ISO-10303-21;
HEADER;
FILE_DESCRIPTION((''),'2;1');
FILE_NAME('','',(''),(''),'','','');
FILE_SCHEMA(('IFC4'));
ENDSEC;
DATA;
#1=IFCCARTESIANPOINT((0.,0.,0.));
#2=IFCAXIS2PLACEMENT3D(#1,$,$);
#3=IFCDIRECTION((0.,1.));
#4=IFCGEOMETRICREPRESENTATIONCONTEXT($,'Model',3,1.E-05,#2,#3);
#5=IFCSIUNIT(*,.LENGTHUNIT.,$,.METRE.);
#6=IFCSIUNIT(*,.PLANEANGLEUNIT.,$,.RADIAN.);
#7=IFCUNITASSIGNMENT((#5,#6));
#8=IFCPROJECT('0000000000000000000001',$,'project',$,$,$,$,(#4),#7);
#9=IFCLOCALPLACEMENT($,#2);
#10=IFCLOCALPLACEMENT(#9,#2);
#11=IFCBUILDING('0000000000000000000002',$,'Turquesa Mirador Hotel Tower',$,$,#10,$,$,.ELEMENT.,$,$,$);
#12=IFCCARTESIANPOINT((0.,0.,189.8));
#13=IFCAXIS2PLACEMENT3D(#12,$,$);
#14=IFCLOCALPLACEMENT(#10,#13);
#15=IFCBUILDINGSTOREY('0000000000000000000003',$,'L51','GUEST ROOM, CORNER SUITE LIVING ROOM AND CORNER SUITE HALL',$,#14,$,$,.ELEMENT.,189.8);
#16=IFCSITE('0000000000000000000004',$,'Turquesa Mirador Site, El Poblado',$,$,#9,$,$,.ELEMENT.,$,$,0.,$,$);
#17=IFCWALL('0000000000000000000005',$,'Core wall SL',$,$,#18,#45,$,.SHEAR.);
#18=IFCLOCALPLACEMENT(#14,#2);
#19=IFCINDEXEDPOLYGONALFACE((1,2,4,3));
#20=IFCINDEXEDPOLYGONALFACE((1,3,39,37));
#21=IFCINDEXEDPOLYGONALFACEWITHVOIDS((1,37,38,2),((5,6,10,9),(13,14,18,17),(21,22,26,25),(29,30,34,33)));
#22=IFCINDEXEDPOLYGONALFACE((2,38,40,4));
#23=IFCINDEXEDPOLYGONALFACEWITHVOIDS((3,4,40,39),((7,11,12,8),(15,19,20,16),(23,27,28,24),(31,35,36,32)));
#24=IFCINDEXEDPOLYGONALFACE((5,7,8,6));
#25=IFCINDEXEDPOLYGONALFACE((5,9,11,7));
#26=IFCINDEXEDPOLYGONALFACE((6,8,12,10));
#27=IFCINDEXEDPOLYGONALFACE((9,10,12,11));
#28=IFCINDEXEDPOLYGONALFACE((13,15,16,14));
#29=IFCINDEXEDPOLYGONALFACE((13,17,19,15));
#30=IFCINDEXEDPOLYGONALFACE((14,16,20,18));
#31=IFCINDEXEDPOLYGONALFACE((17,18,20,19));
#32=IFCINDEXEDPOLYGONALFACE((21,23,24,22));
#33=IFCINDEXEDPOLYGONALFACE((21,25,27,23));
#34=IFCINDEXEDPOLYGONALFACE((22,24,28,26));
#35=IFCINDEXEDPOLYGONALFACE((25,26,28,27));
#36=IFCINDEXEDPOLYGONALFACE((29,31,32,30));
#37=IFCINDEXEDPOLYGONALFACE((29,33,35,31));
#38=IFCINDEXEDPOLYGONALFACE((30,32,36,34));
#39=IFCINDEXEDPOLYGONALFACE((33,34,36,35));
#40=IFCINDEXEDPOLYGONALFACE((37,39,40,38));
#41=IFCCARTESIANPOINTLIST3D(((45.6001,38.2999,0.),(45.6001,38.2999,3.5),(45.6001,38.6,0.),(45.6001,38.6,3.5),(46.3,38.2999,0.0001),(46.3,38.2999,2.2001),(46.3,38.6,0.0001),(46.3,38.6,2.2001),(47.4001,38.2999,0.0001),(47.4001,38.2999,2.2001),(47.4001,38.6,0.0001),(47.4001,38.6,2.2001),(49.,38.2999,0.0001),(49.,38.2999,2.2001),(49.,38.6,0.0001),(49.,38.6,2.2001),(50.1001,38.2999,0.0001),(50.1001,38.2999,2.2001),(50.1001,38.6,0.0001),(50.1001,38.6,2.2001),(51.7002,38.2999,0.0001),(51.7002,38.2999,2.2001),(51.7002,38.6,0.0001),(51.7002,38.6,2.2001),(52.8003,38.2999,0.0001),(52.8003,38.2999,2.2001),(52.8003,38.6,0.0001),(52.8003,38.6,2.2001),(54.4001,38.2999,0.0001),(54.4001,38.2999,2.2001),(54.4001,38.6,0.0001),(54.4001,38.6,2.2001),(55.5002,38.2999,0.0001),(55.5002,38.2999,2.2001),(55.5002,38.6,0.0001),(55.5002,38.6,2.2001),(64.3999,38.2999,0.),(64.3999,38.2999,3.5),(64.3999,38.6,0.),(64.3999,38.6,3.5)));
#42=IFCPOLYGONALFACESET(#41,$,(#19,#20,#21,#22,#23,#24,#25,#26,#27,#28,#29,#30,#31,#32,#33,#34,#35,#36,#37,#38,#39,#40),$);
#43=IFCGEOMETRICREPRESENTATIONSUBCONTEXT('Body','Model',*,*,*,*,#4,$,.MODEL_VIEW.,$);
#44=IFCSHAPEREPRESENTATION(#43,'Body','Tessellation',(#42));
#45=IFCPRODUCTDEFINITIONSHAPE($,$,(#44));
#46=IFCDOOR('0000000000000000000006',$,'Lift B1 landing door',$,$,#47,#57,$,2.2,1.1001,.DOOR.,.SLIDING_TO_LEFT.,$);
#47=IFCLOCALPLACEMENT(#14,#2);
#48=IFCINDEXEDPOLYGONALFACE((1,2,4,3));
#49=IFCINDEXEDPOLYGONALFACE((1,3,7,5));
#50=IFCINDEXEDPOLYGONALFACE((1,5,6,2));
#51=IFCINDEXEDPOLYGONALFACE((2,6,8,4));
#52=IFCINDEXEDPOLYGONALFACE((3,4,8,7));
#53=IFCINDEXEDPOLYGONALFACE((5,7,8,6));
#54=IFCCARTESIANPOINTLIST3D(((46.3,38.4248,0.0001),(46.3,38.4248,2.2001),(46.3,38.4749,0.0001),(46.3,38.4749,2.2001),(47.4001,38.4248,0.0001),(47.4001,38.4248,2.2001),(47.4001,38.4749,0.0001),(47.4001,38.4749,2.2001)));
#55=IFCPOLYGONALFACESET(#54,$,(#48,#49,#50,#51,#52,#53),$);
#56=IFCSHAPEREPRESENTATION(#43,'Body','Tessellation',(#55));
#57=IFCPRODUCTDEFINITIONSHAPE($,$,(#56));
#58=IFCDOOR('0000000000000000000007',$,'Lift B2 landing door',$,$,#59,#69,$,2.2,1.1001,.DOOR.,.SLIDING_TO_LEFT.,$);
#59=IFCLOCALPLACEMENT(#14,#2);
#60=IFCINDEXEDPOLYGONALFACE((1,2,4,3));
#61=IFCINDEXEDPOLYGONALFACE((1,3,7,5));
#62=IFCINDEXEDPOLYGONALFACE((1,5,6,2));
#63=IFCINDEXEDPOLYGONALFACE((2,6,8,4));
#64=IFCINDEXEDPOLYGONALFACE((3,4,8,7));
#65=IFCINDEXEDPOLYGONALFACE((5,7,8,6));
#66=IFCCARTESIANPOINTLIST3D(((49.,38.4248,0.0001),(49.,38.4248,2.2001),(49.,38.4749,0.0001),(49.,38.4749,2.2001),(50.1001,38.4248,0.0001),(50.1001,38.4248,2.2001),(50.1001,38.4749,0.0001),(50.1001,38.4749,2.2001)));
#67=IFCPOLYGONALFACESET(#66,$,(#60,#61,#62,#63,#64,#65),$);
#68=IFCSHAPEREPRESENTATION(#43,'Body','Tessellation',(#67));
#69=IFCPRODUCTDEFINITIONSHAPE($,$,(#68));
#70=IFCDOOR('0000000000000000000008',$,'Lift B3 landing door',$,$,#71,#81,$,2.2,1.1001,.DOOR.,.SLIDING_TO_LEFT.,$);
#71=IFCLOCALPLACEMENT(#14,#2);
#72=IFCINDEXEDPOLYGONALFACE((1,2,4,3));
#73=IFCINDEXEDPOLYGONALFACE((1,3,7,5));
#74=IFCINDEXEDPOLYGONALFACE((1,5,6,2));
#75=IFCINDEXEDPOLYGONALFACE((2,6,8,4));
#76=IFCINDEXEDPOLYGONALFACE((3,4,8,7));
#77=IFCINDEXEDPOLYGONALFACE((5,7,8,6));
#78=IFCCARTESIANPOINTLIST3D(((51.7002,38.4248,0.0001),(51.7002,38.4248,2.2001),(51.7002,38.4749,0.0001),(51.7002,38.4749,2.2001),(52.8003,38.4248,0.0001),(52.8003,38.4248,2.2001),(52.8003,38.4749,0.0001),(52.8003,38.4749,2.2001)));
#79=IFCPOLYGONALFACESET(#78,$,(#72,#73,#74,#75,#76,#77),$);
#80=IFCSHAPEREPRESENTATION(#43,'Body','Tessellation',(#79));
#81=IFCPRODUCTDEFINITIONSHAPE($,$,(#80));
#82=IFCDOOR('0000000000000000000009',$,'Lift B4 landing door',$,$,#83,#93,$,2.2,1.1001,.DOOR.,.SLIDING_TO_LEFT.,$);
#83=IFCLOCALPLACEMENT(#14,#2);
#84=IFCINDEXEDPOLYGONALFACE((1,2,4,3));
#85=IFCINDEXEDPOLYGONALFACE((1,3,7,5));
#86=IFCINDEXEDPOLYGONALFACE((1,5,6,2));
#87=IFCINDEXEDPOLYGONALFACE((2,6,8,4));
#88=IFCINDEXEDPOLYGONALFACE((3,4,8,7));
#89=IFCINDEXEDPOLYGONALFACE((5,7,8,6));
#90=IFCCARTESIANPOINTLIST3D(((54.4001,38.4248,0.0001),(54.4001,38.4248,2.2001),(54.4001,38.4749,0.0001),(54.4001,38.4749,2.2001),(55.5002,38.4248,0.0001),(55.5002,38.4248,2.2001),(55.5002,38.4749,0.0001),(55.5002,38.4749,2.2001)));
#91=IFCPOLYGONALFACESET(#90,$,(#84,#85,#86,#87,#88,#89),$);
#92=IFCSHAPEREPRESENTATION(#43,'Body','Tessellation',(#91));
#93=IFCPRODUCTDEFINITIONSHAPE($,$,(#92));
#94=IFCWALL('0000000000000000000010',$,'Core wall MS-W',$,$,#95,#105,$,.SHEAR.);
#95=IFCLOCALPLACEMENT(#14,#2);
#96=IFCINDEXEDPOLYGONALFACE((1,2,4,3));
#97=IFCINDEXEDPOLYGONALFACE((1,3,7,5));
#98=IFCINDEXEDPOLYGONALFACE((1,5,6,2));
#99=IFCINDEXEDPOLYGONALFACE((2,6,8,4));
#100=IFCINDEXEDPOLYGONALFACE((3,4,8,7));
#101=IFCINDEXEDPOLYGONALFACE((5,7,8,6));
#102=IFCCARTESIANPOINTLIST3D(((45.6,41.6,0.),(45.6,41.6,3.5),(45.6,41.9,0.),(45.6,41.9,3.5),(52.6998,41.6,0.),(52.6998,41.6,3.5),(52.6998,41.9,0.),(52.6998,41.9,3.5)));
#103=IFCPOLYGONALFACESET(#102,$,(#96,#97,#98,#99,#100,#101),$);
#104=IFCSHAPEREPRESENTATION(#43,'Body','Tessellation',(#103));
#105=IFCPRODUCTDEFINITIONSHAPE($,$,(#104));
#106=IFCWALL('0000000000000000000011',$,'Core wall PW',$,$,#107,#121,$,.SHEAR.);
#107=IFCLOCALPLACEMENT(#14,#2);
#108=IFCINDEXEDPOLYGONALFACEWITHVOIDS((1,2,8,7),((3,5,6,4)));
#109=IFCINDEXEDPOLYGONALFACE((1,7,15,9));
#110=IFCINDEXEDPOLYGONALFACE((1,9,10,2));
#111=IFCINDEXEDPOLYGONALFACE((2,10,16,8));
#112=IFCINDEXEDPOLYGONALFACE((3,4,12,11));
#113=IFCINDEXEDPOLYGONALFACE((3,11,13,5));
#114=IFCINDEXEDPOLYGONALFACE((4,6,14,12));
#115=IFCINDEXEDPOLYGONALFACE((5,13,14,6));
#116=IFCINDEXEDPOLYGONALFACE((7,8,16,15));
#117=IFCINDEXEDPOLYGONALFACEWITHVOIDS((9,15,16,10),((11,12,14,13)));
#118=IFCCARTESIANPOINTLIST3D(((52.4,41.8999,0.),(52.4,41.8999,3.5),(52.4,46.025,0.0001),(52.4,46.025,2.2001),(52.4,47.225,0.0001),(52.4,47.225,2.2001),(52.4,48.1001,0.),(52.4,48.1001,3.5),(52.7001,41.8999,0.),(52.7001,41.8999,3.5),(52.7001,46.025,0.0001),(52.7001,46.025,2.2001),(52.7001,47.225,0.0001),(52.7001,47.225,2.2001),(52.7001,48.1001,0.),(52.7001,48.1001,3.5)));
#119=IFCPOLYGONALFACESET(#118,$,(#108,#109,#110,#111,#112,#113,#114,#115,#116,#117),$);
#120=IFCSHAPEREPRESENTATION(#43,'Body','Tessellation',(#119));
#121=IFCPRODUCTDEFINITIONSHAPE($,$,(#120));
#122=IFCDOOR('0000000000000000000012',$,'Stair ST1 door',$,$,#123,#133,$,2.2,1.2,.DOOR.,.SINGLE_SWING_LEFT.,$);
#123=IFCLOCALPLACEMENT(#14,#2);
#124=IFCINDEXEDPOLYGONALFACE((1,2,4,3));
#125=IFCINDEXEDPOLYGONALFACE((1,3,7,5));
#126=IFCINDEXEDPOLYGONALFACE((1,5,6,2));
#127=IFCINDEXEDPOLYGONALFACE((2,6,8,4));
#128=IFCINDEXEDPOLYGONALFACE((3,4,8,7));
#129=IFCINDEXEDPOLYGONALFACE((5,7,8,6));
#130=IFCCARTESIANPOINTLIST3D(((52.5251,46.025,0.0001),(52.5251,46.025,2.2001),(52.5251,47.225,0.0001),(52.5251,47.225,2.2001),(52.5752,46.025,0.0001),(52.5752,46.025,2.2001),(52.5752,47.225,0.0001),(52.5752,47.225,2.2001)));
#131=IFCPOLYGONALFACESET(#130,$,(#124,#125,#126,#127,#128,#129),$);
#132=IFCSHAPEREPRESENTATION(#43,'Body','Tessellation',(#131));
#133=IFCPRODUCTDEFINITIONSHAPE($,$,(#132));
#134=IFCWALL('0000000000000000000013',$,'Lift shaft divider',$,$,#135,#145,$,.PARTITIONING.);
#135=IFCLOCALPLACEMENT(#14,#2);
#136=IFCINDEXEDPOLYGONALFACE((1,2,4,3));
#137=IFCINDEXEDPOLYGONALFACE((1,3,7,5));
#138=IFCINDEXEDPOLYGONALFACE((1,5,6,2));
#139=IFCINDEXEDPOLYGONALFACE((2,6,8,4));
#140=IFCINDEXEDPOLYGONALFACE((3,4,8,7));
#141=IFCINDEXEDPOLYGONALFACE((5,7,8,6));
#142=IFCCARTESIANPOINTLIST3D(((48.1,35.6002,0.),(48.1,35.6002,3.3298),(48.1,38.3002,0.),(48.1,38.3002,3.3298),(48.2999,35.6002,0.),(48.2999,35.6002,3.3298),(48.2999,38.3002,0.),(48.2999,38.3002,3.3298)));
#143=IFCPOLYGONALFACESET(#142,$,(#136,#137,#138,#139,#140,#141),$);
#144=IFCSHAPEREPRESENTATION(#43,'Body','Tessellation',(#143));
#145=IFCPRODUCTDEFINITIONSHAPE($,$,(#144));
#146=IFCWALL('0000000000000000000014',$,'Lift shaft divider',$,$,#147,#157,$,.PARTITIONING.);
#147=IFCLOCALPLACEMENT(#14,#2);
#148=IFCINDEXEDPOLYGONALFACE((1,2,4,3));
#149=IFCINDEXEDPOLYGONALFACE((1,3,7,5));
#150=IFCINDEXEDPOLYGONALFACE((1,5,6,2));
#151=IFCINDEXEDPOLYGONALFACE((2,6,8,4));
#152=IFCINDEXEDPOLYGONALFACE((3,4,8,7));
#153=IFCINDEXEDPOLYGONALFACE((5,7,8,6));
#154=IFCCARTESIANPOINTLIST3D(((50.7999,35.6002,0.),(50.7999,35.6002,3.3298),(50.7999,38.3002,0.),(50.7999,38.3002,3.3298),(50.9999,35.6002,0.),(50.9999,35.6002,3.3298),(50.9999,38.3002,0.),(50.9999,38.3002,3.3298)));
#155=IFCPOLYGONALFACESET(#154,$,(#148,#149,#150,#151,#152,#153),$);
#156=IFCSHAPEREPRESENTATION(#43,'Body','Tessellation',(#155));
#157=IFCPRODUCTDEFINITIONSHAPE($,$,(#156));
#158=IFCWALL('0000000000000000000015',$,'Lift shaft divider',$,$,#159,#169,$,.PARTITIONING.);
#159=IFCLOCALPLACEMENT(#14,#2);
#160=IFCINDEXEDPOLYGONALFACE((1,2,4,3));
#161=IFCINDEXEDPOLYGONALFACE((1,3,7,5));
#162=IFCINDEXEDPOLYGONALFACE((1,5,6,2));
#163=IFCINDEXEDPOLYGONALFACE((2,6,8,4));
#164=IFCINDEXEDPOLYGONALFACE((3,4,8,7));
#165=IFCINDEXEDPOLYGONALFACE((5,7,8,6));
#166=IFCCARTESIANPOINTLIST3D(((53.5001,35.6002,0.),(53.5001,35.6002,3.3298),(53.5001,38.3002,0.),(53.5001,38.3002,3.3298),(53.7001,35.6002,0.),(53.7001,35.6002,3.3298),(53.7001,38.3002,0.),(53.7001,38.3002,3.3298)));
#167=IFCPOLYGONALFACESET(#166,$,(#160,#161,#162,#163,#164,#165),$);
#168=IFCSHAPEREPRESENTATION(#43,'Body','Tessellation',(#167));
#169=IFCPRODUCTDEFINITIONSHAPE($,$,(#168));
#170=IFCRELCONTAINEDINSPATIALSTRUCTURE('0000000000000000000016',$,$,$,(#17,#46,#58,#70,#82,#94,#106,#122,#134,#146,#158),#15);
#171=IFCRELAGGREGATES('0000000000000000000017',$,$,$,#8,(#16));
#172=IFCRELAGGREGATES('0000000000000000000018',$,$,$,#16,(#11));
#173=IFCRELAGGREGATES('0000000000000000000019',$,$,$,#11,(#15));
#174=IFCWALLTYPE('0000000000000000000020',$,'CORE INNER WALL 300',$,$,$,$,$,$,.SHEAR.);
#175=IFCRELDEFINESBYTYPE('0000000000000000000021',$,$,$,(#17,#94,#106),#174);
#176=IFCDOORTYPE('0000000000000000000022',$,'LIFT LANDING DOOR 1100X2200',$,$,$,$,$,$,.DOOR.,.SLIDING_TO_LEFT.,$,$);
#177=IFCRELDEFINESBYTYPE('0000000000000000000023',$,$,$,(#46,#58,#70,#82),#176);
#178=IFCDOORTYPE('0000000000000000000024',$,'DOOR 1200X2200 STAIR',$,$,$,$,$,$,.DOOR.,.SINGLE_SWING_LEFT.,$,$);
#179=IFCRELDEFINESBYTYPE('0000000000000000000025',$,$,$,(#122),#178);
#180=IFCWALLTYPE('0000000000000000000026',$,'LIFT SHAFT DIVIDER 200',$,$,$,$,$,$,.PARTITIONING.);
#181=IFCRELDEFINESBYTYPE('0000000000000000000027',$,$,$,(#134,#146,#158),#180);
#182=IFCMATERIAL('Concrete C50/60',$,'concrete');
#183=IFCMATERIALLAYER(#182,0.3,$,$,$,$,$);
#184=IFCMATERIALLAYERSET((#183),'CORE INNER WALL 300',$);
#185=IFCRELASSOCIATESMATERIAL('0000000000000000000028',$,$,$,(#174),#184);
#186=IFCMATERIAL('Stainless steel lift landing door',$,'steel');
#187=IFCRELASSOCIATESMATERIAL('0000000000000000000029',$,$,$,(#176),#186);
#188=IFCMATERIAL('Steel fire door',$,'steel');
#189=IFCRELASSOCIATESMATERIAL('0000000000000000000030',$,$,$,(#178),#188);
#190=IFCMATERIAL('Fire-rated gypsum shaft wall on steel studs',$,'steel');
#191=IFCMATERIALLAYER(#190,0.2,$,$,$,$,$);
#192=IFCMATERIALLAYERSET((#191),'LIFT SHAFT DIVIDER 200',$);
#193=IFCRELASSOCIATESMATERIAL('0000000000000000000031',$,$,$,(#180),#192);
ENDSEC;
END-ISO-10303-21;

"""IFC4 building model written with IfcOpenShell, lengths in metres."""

from ifc_helpers import new_model, si_unit, direction, frame, frame_2d, origin, place, context, subcontext, project, spatial, rectangle, extrude, material, layer, layer_set, type_object, element, fill, save


model = new_model("IFC4")

# Units and contexts
model_context = context("Model", 3, precision=1e-05, world=origin(), true_north=direction((0.0, 1.0)))
body_context = subcontext(model_context, "Body", "Model", "MODEL_VIEW")
ifc_project = project(units=[si_unit("LENGTHUNIT", "METRE"), si_unit("PLANEANGLEUNIT", "RADIAN")], contexts=[model_context])

# Site, building, storey
site_placement = place(None, origin())
site = spatial("IfcSite", under=ifc_project, at=site_placement, Name="Turquesa Mirador Site, El Poblado", CompositionType="ELEMENT", RefElevation=0.0)
building_placement = place(site_placement, origin())
building = spatial("IfcBuilding", under=site, at=building_placement, Name="Turquesa Mirador Hotel Tower", CompositionType="ELEMENT")
storey_placement = place(building_placement, frame((0.0, 0.0, 189.8)))
storey = spatial("IfcBuildingStorey", under=building, at=storey_placement, Name="L51", Description="GUEST ROOM, CORNER SUITE LIVING ROOM AND CORNER SUITE HALL", CompositionType="ELEMENT", Elevation=189.8)

# Wall, openings, doors
ifc_material_1 = material(Name="Concrete C50/60", Category="concrete")
ifc_layer_1 = layer(ifc_material_1, 0.3)
ifc_layer_set_1 = layer_set([ifc_layer_1], Name="CORE INNER WALL 300")
wall_type_1 = type_object("IfcWallType", Name="CORE INNER WALL 300", PredefinedType="SHEAR", material=ifc_layer_set_1)
wall_1_placement = place(storey_placement, frame((45.6001, 38.45, 0.0), z_axis=(0.0, 0.0, 1.0), x_axis=(1.0, 0.0, 0.0)))
wall_1 = element("IfcWall", 1, at=wall_1_placement, inside=storey, type_object=wall_type_1, Name="Core wall SL", PredefinedType="SHEAR", context=body_context, shape_type="SweptSolid", body=[
    extrude(rectangle(XDim=18.7998, YDim=0.3, at=frame_2d((9.3999, 0.0))), origin(), (0.0, 0.0, 1.0), 3.5),
])
opening_1_placement = place(wall_1_placement, frame((0.7, 0.0, 0.0)))
opening_1 = element("IfcOpeningElement", 2, at=opening_1_placement, cuts=wall_1, PredefinedType="OPENING", context=body_context, shape_type="SweptSolid", body=[
    extrude(rectangle(XDim=1.1001, YDim=2.2, at=frame_2d((0.55, 1.1001))), frame((0.0, 0.1599, 0.0), z_axis=(0.0, -1.0, 0.0), x_axis=(1.0, 0.0, 0.0)), (0.0, 0.0, 1.0), 0.3201),
])
opening_2_placement = place(wall_1_placement, frame((3.3999, 0.0, 0.0)))
opening_2 = element("IfcOpeningElement", 3, at=opening_2_placement, cuts=wall_1, PredefinedType="OPENING", context=body_context, shape_type="SweptSolid", body=[
    extrude(rectangle(XDim=1.1001, YDim=2.2, at=frame_2d((0.55, 1.1001))), frame((0.0, 0.1599, 0.0), z_axis=(0.0, -1.0, 0.0), x_axis=(1.0, 0.0, 0.0)), (0.0, 0.0, 1.0), 0.3201),
])
opening_3_placement = place(wall_1_placement, frame((6.1001, 0.0, 0.0)))
opening_3 = element("IfcOpeningElement", 4, at=opening_3_placement, cuts=wall_1, PredefinedType="OPENING", context=body_context, shape_type="SweptSolid", body=[
    extrude(rectangle(XDim=1.1001, YDim=2.2, at=frame_2d((0.55, 1.1001))), frame((0.0, 0.1599, 0.0), z_axis=(0.0, -1.0, 0.0), x_axis=(1.0, 0.0, 0.0)), (0.0, 0.0, 1.0), 0.3201),
])
opening_4_placement = place(wall_1_placement, frame((8.8, 0.0, 0.0)))
opening_4 = element("IfcOpeningElement", 5, at=opening_4_placement, cuts=wall_1, PredefinedType="OPENING", context=body_context, shape_type="SweptSolid", body=[
    extrude(rectangle(XDim=1.1001, YDim=2.2, at=frame_2d((0.55, 1.1001))), frame((0.0, 0.1599, 0.0), z_axis=(0.0, -1.0, 0.0), x_axis=(1.0, 0.0, 0.0)), (0.0, 0.0, 1.0), 0.3201),
])
ifc_material_2 = material(Name="Stainless steel lift landing door", Category="steel")
door_type_1 = type_object("IfcDoorType", Name="LIFT LANDING DOOR 1100X2200", OperationType="SLIDING_TO_LEFT", PredefinedType="DOOR", material=ifc_material_2)
door_1_placement = place(opening_1_placement, origin())
door_1 = element("IfcDoor", 6, at=door_1_placement, inside=storey, type_object=door_type_1, Name="Lift B1 landing door", OperationType="SLIDING_TO_LEFT", OverallHeight=2.2, OverallWidth=1.1001, PredefinedType="DOOR", context=body_context, shape_type="SweptSolid", body=[
    extrude(rectangle(XDim=1.1001, YDim=2.2, at=frame_2d((0.55, 1.1001))), frame((0.0, 0.0249, 0.0), z_axis=(0.0, -1.0, 0.0), x_axis=(1.0, 0.0, 0.0)), (0.0, 0.0, 1.0), 0.05),
])
fill(opening_1, door_1)
door_2_placement = place(opening_2_placement, origin())
door_2 = element("IfcDoor", 7, at=door_2_placement, inside=storey, type_object=door_type_1, Name="Lift B2 landing door", OperationType="SLIDING_TO_LEFT", OverallHeight=2.2, OverallWidth=1.1001, PredefinedType="DOOR", context=body_context, shape_type="SweptSolid", body=[
    extrude(rectangle(XDim=1.1001, YDim=2.2, at=frame_2d((0.55, 1.1001))), frame((0.0, 0.0249, 0.0), z_axis=(0.0, -1.0, 0.0), x_axis=(1.0, 0.0, 0.0)), (0.0, 0.0, 1.0), 0.05),
])
fill(opening_2, door_2)
door_3_placement = place(opening_3_placement, origin())
door_3 = element("IfcDoor", 8, at=door_3_placement, inside=storey, type_object=door_type_1, Name="Lift B3 landing door", OperationType="SLIDING_TO_LEFT", OverallHeight=2.2, OverallWidth=1.1001, PredefinedType="DOOR", context=body_context, shape_type="SweptSolid", body=[
    extrude(rectangle(XDim=1.1001, YDim=2.2, at=frame_2d((0.55, 1.1001))), frame((0.0, 0.0249, 0.0), z_axis=(0.0, -1.0, 0.0), x_axis=(1.0, 0.0, 0.0)), (0.0, 0.0, 1.0), 0.05),
])
fill(opening_3, door_3)
door_4_placement = place(opening_4_placement, origin())
door_4 = element("IfcDoor", 9, at=door_4_placement, inside=storey, type_object=door_type_1, Name="Lift B4 landing door", OperationType="SLIDING_TO_LEFT", OverallHeight=2.2, OverallWidth=1.1001, PredefinedType="DOOR", context=body_context, shape_type="SweptSolid", body=[
    extrude(rectangle(XDim=1.1001, YDim=2.2, at=frame_2d((0.55, 1.1001))), frame((0.0, 0.0249, 0.0), z_axis=(0.0, -1.0, 0.0), x_axis=(1.0, 0.0, 0.0)), (0.0, 0.0, 1.0), 0.05),
])
fill(opening_4, door_4)

# Wall
wall_2_placement = place(storey_placement, frame((45.6001, 41.75, 0.0), z_axis=(0.0, 0.0, 1.0), x_axis=(1.0, 0.0, 0.0)))
element("IfcWall", 10, at=wall_2_placement, inside=storey, type_object=wall_type_1, Name="Core wall MS-W", PredefinedType="SHEAR", context=body_context, shape_type="SweptSolid", body=[
    extrude(rectangle(XDim=7.0999, YDim=0.3, at=frame_2d((3.5498, 0.0))), origin(), (0.0, 0.0, 1.0), 3.5),
])

# Wall, opening, door
wall_3_placement = place(storey_placement, frame((52.55, 41.8999, 0.0), z_axis=(0.0, 0.0, 1.0), x_axis=(0.0, 1.0, 0.0)))
wall_3 = element("IfcWall", 11, at=wall_3_placement, inside=storey, type_object=wall_type_1, Name="Core wall PW", PredefinedType="SHEAR", context=body_context, shape_type="SweptSolid", body=[
    extrude(rectangle(XDim=6.2002, YDim=0.3, at=frame_2d((3.1001, 0.0))), origin(), (0.0, 0.0, 1.0), 3.5),
])
opening_5_placement = place(wall_3_placement, frame((4.125, 0.0, 0.0)))
opening_5 = element("IfcOpeningElement", 12, at=opening_5_placement, cuts=wall_3, PredefinedType="OPENING", context=body_context, shape_type="SweptSolid", body=[
    extrude(rectangle(XDim=1.2, YDim=2.2, at=frame_2d((0.6001, 1.1001))), frame((0.0, 0.1599, 0.0), z_axis=(0.0, -1.0, 0.0), x_axis=(1.0, 0.0, 0.0)), (0.0, 0.0, 1.0), 0.3201),
])
ifc_material_3 = material(Name="Steel fire door", Category="steel")
door_type_2 = type_object("IfcDoorType", Name="DOOR 1200X2200 STAIR", OperationType="SINGLE_SWING_LEFT", PredefinedType="DOOR", material=ifc_material_3)
door_5_placement = place(opening_5_placement, origin())
door_5 = element("IfcDoor", 13, at=door_5_placement, inside=storey, type_object=door_type_2, Name="Stair ST1 door", OperationType="SINGLE_SWING_LEFT", OverallHeight=2.2, OverallWidth=1.2, PredefinedType="DOOR", context=body_context, shape_type="SweptSolid", body=[
    extrude(rectangle(XDim=1.2, YDim=2.2, at=frame_2d((0.6001, 1.1001))), frame((0.0, 0.0249, 0.0), z_axis=(0.0, -1.0, 0.0), x_axis=(1.0, 0.0, 0.0)), (0.0, 0.0, 1.0), 0.05),
])
fill(opening_5, door_5)

# Walls
ifc_material_4 = material(Name="Fire-rated gypsum shaft wall on steel studs", Category="steel")
ifc_layer_2 = layer(ifc_material_4, 0.2)
ifc_layer_set_2 = layer_set([ifc_layer_2], Name="LIFT SHAFT DIVIDER 200")
wall_type_2 = type_object("IfcWallType", Name="LIFT SHAFT DIVIDER 200", PredefinedType="PARTITIONING", material=ifc_layer_set_2)
for number, where, z_axis, x_axis, name in (
    (14, (48.2, 35.6001, 0.0), (0.0, 0.0, 1.0), (0.0, 1.0, 0.0), "Lift shaft divider"),
    (15, (50.8999, 35.6001, 0.0), (0.0, 0.0, 1.0), (0.0, 1.0, 0.0), "Lift shaft divider"),
    (16, (53.6001, 35.6001, 0.0), (0.0, 0.0, 1.0), (0.0, 1.0, 0.0), "Lift shaft divider"),
):
    element("IfcWall", number, at=place(storey_placement, frame(where, z_axis=z_axis, x_axis=x_axis)), inside=storey, type_object=wall_type_2, Name=name, PredefinedType="PARTITIONING", context=body_context, shape_type="SweptSolid", body=[
        extrude(rectangle(XDim=2.7, YDim=0.2, at=frame_2d((1.3501, 0.0))), origin(), (0.0, 0.0, 1.0), 3.3298),
    ])

save(model, "model.ifc")
